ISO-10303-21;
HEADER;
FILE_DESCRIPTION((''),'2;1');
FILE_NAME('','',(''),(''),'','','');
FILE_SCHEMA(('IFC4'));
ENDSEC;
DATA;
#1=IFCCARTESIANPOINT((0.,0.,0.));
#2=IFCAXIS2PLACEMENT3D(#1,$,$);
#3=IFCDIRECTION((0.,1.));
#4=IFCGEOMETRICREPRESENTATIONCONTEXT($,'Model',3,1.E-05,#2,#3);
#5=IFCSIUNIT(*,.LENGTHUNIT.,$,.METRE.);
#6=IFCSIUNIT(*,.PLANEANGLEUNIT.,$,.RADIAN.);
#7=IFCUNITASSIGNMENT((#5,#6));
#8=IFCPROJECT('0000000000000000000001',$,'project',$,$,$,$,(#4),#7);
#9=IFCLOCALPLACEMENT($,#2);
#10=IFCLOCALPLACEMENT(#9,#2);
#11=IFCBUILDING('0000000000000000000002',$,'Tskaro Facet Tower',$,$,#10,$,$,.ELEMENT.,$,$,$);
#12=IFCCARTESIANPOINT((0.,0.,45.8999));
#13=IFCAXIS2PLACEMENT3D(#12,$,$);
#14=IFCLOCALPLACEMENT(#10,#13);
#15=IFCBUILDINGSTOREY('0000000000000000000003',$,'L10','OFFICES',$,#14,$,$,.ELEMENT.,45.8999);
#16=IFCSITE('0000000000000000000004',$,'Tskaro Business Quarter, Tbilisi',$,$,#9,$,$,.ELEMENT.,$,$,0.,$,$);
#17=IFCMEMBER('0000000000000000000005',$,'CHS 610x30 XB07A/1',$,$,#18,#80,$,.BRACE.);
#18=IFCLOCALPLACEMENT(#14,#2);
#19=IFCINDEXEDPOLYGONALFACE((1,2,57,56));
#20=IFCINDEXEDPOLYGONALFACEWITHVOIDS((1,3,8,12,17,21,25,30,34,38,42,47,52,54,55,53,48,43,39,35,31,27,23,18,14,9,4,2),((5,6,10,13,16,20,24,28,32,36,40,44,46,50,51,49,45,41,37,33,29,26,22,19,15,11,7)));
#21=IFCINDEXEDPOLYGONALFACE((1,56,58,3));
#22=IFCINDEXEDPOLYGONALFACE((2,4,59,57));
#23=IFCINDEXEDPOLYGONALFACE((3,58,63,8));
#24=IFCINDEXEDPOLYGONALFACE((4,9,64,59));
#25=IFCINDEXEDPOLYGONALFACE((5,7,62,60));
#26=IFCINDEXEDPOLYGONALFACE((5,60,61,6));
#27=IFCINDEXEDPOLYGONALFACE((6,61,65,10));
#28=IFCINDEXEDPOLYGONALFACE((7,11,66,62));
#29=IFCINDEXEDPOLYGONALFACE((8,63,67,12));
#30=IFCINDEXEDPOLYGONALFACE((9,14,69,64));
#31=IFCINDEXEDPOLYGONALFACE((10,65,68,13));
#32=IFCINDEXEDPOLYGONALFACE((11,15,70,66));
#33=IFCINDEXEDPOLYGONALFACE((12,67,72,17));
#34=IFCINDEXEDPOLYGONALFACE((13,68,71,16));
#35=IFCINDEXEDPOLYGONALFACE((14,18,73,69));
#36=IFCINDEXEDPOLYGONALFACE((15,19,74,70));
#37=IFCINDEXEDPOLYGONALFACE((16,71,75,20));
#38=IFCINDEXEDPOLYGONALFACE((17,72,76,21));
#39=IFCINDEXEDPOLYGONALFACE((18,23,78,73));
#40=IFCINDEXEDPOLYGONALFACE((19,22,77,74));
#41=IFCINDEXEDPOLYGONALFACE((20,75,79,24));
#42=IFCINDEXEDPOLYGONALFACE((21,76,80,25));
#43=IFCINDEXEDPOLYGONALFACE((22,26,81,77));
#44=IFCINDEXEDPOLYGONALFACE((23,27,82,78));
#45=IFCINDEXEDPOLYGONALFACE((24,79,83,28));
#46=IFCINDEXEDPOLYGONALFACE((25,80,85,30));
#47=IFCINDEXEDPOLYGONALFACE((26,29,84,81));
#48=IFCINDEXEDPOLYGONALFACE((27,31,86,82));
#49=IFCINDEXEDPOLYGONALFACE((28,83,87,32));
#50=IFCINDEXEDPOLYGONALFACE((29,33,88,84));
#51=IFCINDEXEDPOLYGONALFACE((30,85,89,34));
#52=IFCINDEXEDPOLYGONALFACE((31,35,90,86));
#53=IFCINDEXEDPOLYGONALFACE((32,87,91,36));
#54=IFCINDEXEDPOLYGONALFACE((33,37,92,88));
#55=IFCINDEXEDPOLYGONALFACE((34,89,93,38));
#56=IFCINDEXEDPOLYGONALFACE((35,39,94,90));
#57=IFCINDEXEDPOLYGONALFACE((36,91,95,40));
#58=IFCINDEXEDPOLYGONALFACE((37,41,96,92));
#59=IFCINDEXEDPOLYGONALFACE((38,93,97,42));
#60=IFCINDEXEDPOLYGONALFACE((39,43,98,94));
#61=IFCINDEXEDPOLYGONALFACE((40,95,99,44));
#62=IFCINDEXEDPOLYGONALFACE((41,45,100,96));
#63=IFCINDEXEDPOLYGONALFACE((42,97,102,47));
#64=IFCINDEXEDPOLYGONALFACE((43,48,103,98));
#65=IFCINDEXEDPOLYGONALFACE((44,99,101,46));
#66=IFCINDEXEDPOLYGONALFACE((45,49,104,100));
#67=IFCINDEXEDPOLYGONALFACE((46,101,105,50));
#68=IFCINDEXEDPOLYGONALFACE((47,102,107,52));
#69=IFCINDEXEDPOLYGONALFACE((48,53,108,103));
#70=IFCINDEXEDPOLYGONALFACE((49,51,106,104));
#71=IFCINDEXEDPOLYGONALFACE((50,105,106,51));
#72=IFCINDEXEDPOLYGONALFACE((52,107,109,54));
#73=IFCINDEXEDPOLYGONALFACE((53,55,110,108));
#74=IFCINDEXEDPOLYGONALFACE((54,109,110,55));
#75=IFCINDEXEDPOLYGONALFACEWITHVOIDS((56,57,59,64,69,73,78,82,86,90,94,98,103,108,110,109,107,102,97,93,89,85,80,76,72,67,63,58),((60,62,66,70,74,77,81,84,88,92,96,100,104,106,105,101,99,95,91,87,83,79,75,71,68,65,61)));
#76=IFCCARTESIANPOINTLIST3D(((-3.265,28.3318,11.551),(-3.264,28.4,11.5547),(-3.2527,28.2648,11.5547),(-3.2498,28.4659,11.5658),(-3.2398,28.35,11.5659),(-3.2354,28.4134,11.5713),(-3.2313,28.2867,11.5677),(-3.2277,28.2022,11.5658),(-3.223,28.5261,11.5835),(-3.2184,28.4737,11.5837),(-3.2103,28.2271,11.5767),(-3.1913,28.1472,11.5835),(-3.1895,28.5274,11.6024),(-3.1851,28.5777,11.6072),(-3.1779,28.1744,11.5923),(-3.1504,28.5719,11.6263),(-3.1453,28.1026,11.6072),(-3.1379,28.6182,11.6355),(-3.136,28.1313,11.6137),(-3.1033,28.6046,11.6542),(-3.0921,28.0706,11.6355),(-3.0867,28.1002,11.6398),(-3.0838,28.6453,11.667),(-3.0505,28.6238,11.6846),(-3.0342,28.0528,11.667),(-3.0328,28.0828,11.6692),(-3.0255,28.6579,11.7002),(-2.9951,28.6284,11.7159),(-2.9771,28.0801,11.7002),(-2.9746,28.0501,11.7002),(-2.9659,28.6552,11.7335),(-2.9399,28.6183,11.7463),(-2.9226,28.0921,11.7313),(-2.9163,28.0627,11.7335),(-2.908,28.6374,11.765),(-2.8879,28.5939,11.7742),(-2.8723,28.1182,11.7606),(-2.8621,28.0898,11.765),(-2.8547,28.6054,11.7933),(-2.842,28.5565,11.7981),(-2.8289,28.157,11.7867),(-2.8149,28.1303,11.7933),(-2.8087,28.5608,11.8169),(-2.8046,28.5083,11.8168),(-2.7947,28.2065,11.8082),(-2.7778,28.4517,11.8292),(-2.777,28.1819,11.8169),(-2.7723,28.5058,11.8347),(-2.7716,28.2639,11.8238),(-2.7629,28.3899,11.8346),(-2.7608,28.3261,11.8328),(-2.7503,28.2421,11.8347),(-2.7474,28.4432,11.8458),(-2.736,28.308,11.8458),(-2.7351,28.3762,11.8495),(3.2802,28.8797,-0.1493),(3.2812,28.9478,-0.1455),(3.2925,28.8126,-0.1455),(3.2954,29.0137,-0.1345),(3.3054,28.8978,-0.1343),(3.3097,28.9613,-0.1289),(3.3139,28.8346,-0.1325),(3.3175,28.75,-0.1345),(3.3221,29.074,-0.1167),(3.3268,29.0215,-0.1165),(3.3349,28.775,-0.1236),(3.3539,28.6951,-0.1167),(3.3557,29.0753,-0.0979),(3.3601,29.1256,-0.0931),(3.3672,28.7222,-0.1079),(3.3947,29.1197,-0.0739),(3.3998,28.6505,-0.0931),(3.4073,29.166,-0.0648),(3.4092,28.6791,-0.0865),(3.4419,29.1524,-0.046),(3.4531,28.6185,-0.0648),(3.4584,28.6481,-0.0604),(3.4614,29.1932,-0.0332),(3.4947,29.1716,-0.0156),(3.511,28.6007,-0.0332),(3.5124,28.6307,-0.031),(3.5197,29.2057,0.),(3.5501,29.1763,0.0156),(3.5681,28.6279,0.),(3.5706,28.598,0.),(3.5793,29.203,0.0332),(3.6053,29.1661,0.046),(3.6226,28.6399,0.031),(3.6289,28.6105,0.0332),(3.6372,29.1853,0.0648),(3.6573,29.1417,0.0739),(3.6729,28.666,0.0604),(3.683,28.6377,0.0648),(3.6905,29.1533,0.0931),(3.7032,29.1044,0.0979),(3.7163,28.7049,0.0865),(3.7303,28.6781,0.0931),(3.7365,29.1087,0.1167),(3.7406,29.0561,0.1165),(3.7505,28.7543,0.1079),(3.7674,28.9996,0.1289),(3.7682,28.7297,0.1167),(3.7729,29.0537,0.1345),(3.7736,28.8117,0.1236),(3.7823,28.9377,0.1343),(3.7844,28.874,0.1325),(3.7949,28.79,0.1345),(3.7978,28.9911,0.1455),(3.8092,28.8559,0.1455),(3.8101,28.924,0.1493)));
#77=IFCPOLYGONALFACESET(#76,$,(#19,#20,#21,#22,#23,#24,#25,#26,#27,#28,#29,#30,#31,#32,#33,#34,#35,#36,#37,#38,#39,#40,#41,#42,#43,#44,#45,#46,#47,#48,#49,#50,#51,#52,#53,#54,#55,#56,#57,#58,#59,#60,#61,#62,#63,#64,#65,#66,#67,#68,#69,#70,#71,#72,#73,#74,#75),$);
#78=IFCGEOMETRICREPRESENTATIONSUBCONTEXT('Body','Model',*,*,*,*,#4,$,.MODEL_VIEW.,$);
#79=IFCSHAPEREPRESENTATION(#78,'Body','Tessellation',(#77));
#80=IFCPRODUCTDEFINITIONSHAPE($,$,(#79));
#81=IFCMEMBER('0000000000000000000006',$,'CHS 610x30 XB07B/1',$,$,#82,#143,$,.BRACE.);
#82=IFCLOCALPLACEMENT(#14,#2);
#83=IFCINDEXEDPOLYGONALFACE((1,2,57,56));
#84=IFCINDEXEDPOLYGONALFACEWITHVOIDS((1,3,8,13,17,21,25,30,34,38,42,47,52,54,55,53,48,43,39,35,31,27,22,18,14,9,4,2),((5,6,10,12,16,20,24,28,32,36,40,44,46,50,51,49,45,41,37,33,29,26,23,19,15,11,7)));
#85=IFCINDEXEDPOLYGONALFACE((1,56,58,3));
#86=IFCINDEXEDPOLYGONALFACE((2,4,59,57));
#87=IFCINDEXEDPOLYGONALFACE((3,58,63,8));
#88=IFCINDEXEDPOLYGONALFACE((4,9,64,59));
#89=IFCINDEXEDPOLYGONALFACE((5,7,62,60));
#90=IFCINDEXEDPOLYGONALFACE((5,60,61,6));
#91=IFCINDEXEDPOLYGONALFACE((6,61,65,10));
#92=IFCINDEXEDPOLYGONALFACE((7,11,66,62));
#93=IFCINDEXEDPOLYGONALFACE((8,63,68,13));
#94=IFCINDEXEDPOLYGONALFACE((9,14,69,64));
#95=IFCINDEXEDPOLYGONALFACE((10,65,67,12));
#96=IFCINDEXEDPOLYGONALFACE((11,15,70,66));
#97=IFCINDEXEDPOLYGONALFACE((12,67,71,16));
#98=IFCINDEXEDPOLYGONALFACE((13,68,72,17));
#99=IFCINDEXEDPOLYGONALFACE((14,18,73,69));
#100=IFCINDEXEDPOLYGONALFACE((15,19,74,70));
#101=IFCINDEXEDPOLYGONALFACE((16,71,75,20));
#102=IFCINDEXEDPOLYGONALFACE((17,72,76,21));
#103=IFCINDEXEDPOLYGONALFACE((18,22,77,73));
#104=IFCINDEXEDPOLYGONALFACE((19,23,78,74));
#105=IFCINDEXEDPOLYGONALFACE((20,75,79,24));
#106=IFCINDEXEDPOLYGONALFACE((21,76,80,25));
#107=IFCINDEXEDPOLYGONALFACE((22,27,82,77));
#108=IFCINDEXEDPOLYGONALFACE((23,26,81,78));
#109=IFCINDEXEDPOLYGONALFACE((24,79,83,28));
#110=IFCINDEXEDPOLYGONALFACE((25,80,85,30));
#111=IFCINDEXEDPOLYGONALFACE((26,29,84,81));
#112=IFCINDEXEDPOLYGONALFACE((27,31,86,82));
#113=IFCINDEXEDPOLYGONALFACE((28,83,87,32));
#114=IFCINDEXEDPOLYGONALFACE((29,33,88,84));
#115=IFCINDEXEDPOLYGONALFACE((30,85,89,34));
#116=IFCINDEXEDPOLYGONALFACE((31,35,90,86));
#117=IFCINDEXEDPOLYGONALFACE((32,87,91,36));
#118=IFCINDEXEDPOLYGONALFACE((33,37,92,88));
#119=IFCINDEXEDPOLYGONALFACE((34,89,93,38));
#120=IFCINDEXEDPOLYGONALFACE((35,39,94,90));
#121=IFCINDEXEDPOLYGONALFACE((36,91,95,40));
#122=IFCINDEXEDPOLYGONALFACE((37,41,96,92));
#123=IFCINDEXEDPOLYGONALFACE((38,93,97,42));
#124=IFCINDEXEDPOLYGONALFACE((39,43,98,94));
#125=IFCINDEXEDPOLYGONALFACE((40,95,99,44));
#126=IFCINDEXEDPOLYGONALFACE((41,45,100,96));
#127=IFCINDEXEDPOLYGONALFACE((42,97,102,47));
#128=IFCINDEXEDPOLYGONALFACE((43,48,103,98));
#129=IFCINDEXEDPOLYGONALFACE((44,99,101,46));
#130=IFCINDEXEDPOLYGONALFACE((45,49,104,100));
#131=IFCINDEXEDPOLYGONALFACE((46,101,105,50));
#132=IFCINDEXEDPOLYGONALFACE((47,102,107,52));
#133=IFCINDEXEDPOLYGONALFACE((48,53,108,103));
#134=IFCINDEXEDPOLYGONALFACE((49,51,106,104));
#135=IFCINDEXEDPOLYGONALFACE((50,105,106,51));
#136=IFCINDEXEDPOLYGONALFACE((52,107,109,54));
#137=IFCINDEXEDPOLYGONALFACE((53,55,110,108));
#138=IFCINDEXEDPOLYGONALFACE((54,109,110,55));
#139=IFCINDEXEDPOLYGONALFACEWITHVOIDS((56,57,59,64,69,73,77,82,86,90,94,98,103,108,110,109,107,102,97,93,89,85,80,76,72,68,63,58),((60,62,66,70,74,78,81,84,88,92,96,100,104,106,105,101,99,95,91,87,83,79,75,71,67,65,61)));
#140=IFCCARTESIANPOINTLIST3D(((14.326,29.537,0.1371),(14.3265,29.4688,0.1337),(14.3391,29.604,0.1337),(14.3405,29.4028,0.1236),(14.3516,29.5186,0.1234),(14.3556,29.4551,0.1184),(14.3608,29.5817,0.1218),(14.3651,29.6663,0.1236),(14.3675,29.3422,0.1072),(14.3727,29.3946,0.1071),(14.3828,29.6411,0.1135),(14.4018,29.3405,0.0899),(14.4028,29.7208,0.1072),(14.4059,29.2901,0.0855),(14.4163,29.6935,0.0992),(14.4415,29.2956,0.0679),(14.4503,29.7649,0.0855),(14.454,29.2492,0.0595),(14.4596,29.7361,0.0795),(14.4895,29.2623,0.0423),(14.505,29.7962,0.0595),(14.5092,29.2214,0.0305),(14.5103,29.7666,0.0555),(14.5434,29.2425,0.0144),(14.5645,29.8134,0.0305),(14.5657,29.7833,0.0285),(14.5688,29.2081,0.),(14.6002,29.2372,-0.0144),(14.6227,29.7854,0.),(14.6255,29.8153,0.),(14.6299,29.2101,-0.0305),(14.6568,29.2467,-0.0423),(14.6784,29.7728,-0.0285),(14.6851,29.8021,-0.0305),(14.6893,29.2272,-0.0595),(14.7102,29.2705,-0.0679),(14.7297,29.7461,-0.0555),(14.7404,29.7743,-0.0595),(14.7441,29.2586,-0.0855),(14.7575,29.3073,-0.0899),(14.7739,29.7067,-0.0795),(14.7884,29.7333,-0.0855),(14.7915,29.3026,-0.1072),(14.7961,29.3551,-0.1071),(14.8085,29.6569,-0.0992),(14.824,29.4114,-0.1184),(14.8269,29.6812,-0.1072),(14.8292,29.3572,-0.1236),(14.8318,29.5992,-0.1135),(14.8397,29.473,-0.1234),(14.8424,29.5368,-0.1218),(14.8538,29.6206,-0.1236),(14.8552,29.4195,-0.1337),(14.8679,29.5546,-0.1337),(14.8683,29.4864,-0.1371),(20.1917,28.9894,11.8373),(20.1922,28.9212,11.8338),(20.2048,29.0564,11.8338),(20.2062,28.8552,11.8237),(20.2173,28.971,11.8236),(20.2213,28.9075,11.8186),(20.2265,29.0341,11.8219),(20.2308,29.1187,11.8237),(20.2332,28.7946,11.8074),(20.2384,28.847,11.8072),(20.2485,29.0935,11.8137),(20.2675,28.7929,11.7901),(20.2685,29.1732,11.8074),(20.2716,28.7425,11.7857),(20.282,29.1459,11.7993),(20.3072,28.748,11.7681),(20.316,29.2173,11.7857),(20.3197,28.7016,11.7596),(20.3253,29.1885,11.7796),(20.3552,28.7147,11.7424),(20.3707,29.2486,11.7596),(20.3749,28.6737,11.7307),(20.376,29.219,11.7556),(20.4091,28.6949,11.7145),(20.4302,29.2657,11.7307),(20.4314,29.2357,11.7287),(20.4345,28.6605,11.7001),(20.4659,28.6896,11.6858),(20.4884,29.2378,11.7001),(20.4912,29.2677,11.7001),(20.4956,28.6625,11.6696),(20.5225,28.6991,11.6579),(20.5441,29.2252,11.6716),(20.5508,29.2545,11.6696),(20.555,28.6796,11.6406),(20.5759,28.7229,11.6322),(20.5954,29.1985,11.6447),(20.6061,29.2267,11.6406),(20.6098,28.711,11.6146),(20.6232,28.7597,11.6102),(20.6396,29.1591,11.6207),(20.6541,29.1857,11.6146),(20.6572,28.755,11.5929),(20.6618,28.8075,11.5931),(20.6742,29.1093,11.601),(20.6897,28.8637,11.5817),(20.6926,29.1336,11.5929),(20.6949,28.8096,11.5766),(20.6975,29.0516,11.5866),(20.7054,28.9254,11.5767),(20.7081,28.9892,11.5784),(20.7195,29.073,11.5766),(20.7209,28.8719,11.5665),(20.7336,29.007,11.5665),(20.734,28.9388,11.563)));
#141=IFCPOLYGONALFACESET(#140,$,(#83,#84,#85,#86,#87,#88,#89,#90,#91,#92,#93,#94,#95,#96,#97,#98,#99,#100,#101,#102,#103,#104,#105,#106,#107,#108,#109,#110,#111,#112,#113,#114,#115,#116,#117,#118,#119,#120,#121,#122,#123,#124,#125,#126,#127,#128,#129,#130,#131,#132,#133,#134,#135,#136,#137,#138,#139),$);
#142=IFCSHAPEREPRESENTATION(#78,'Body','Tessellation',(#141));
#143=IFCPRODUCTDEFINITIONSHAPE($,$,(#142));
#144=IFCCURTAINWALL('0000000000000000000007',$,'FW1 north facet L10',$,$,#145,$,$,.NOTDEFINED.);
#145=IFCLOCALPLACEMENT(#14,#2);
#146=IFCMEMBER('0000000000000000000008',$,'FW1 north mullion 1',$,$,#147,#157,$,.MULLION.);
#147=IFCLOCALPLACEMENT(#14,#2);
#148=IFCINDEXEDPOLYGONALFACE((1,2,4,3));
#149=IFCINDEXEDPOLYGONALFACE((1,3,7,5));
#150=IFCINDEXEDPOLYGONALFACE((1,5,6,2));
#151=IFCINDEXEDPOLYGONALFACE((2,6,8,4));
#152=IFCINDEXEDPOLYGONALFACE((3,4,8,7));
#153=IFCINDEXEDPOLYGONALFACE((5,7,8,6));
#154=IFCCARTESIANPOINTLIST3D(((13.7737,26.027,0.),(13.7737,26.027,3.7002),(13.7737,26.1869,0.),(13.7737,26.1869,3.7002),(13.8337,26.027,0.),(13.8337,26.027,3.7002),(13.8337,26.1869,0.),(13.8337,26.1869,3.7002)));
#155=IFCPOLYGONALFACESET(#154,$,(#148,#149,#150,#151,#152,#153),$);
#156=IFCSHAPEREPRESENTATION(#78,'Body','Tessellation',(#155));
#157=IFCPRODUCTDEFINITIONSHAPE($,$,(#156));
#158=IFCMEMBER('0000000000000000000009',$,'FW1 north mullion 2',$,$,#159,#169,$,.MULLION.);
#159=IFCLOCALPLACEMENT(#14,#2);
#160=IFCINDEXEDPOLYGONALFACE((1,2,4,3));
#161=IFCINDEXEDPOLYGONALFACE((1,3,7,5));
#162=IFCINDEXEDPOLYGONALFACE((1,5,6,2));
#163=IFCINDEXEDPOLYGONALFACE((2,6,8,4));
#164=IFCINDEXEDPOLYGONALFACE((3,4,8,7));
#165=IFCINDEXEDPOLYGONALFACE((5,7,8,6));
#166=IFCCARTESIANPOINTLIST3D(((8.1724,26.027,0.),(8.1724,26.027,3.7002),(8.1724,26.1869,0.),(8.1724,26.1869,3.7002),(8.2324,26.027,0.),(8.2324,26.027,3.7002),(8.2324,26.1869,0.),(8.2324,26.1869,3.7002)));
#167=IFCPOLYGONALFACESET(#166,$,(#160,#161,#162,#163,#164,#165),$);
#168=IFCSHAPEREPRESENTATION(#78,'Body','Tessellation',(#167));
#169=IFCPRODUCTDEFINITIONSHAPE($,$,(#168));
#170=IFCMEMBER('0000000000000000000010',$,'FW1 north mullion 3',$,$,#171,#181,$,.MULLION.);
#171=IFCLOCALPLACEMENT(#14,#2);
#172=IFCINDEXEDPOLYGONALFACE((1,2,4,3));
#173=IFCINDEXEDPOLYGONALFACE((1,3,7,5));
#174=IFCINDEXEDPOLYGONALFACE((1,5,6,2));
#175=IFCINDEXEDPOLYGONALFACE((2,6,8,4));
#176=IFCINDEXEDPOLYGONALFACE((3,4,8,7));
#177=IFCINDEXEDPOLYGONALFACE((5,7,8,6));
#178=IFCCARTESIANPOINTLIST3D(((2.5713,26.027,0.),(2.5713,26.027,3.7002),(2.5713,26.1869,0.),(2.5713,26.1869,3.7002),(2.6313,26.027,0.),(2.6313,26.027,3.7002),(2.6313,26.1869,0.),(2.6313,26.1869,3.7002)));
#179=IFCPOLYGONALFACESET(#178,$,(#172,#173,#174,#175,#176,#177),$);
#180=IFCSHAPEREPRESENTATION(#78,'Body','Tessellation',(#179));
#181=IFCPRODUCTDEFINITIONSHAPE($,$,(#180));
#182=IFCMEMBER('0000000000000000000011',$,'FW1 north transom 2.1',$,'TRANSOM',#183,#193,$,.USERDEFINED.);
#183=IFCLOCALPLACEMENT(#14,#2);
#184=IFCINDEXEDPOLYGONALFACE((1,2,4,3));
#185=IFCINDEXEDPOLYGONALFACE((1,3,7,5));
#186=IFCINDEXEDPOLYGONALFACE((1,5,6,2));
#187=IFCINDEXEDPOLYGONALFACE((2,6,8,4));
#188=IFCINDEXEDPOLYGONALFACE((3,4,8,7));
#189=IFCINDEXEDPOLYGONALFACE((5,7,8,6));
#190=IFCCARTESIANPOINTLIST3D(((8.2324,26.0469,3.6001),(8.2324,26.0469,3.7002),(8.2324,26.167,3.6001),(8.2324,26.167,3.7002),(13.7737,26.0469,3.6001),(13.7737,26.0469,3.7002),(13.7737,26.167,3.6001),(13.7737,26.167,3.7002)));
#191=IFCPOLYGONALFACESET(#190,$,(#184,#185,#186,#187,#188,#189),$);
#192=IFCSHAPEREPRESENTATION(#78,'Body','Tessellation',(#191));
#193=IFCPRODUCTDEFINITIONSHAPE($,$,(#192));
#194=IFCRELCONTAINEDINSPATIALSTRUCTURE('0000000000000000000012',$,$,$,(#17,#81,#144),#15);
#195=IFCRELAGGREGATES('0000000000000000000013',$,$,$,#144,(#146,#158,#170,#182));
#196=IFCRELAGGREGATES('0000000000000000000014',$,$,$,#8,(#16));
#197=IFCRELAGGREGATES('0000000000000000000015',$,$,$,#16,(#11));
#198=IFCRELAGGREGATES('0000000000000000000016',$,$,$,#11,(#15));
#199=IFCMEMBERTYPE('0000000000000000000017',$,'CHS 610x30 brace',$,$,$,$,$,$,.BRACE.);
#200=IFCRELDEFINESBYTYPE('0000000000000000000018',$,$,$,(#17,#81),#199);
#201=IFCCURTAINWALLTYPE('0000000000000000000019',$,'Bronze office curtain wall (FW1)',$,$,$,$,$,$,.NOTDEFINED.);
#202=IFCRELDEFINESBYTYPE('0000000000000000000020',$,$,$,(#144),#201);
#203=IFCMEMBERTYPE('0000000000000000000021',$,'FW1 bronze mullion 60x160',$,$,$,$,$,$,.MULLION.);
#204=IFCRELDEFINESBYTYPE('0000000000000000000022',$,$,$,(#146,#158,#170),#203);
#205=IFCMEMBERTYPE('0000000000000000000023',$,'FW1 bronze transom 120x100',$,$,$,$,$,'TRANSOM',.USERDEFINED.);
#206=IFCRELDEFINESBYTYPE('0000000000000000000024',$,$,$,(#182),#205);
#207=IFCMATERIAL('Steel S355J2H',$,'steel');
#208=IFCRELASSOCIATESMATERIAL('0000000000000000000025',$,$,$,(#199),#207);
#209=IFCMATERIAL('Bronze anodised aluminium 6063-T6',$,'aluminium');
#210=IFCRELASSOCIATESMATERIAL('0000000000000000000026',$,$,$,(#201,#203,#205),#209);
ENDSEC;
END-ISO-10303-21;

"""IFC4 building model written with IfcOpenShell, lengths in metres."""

from ifc_helpers import new_model, si_unit, direction, frame, origin, origin_2d, place, context, subcontext, project, spatial, rectangle, hollow_circle, extrude, material, material_profile, profile_set, type_object, element, aggregate, save


model = new_model("IFC4")

# Units and contexts
model_context = context("Model", 3, precision=1e-05, world=origin(), true_north=direction((0.0, 1.0)))
body_context = subcontext(model_context, "Body", "Model", "MODEL_VIEW")
ifc_project = project(units=[si_unit("LENGTHUNIT", "METRE"), si_unit("PLANEANGLEUNIT", "RADIAN")], contexts=[model_context])

# Site, building, storey
site_placement = place(None, origin())
site = spatial("IfcSite", under=ifc_project, at=site_placement, Name="Tskaro Business Quarter, Tbilisi", CompositionType="ELEMENT", RefElevation=0.0)
building_placement = place(site_placement, origin())
building = spatial("IfcBuilding", under=site, at=building_placement, Name="Tskaro Facet Tower", CompositionType="ELEMENT")
storey_placement = place(building_placement, frame((0.0, 0.0, 45.8999)))
storey = spatial("IfcBuildingStorey", under=building, at=storey_placement, Name="L10", Description="OFFICES", CompositionType="ELEMENT", Elevation=45.8999)

# Shared definitions
ifc_material_1 = material(Name="Steel S355J2H", Category="steel")

# Members
ifc_material_profile_1 = material_profile(ifc_material_1, hollow_circle(Radius=0.3049, WallThickness=0.03, at=origin_2d()), Name="CHS 610x30")
ifc_profile_set_1 = profile_set([ifc_material_profile_1], Name="Steel S355J2H")
member_type_1 = type_object("IfcMemberType", Name="CHS 610x30 brace", PredefinedType="BRACE", material=ifc_profile_set_1)
member_1_placement = place(storey_placement, frame((3.5452, 28.9019, 0.0), z_axis=(-0.487802, -0.040831, 0.871999), x_axis=(0.083412, -0.996515, 0.0)))
element("IfcMember", 1, at=member_1_placement, inside=storey, type_object=member_type_1, Name="CHS 610x30 XB07A/1", PredefinedType="BRACE", context=body_context, shape_type="SweptSolid", body=[
    extrude(hollow_circle(Radius=0.3049, WallThickness=0.03, at=origin_2d()), origin(), (0.0, 0.0, 1.0), 13.4177),
])
member_2_placement = place(storey_placement, frame((14.5972, 29.5117, 0.0), z_axis=(0.447777, -0.041803, 0.893168), x_axis=(0.092953, 0.99567, 0.0)))
element("IfcMember", 2, at=member_2_placement, inside=storey, type_object=member_type_1, Name="CHS 610x30 XB07B/1", PredefinedType="BRACE", context=body_context, shape_type="SweptSolid", body=[
    extrude(hollow_circle(Radius=0.3049, WallThickness=0.03, at=origin_2d()), origin(), (0.0, 0.0, 1.0), 13.0996),
])

# Curtain wall, members
ifc_material_2 = material(Name="Bronze anodised aluminium 6063-T6", Category="aluminium")
curtain_wall_type = type_object("IfcCurtainWallType", Name="Bronze office curtain wall (FW1)", PredefinedType="NOTDEFINED", material=ifc_material_2)
curtain_wall_placement = place(storey_placement, origin())
curtain_wall = element("IfcCurtainWall", 3, at=curtain_wall_placement, inside=storey, type_object=curtain_wall_type, Name="FW1 north facet L10", PredefinedType="NOTDEFINED")
ifc_material_profile_2 = material_profile(ifc_material_2, rectangle(XDim=0.0601, YDim=0.1599, at=origin_2d()), Name="Mullion 60x160")
ifc_profile_set_2 = profile_set([ifc_material_profile_2], Name="Bronze anodised aluminium 6063-T6")
member_type_2 = type_object("IfcMemberType", Name="FW1 bronze mullion 60x160", PredefinedType="MULLION", material=ifc_profile_set_2)
member_3_placement = place(storey_placement, frame((13.8037, 26.1069, 0.0), z_axis=(0.0, 0.0, 1.0), x_axis=(-1.0, 0.0, 0.0)))
member_3 = element("IfcMember", 4, at=member_3_placement, type_object=member_type_2, Name="FW1 north mullion 1", PredefinedType="MULLION", context=body_context, shape_type="SweptSolid", body=[
    extrude(rectangle(XDim=0.0601, YDim=0.1599, at=origin_2d()), origin(), (0.0, 0.0, 1.0), 3.7002),
])
member_4_placement = place(storey_placement, frame((8.2024, 26.1069, 0.0), z_axis=(0.0, 0.0, 1.0), x_axis=(-1.0, 0.0, 0.0)))
member_4 = element("IfcMember", 5, at=member_4_placement, type_object=member_type_2, Name="FW1 north mullion 2", PredefinedType="MULLION", context=body_context, shape_type="SweptSolid", body=[
    extrude(rectangle(XDim=0.0601, YDim=0.1599, at=origin_2d()), origin(), (0.0, 0.0, 1.0), 3.7002),
])
member_5_placement = place(storey_placement, frame((2.6013, 26.1069, 0.0), z_axis=(0.0, 0.0, 1.0), x_axis=(-1.0, 0.0, 0.0)))
member_5 = element("IfcMember", 6, at=member_5_placement, type_object=member_type_2, Name="FW1 north mullion 3", PredefinedType="MULLION", context=body_context, shape_type="SweptSolid", body=[
    extrude(rectangle(XDim=0.0601, YDim=0.1599, at=origin_2d()), origin(), (0.0, 0.0, 1.0), 3.7002),
])
ifc_material_profile_3 = material_profile(ifc_material_2, rectangle(XDim=0.1201, YDim=0.1001, at=origin_2d()), Name="Transom 120x100")
ifc_profile_set_3 = profile_set([ifc_material_profile_3], Name="Bronze anodised aluminium 6063-T6")
member_type_3 = type_object("IfcMemberType", Name="FW1 bronze transom 120x100", ElementType="TRANSOM", PredefinedType="USERDEFINED", material=ifc_profile_set_3)
member_6_placement = place(storey_placement, frame((13.7737, 26.1069, 3.6501), z_axis=(-1.0, 0.0, 0.0), x_axis=(0.0, -1.0, 0.0)))
member_6 = element("IfcMember", 7, at=member_6_placement, type_object=member_type_3, Name="FW1 north transom 2.1", ObjectType="TRANSOM", PredefinedType="USERDEFINED", context=body_context, shape_type="SweptSolid", body=[
    extrude(rectangle(XDim=0.1201, YDim=0.1001, at=origin_2d()), origin(), (0.0, 0.0, 1.0), 5.5413),
])

aggregate(curtain_wall, [member_3, member_4, member_5, member_6])

save(model, "model.ifc")
